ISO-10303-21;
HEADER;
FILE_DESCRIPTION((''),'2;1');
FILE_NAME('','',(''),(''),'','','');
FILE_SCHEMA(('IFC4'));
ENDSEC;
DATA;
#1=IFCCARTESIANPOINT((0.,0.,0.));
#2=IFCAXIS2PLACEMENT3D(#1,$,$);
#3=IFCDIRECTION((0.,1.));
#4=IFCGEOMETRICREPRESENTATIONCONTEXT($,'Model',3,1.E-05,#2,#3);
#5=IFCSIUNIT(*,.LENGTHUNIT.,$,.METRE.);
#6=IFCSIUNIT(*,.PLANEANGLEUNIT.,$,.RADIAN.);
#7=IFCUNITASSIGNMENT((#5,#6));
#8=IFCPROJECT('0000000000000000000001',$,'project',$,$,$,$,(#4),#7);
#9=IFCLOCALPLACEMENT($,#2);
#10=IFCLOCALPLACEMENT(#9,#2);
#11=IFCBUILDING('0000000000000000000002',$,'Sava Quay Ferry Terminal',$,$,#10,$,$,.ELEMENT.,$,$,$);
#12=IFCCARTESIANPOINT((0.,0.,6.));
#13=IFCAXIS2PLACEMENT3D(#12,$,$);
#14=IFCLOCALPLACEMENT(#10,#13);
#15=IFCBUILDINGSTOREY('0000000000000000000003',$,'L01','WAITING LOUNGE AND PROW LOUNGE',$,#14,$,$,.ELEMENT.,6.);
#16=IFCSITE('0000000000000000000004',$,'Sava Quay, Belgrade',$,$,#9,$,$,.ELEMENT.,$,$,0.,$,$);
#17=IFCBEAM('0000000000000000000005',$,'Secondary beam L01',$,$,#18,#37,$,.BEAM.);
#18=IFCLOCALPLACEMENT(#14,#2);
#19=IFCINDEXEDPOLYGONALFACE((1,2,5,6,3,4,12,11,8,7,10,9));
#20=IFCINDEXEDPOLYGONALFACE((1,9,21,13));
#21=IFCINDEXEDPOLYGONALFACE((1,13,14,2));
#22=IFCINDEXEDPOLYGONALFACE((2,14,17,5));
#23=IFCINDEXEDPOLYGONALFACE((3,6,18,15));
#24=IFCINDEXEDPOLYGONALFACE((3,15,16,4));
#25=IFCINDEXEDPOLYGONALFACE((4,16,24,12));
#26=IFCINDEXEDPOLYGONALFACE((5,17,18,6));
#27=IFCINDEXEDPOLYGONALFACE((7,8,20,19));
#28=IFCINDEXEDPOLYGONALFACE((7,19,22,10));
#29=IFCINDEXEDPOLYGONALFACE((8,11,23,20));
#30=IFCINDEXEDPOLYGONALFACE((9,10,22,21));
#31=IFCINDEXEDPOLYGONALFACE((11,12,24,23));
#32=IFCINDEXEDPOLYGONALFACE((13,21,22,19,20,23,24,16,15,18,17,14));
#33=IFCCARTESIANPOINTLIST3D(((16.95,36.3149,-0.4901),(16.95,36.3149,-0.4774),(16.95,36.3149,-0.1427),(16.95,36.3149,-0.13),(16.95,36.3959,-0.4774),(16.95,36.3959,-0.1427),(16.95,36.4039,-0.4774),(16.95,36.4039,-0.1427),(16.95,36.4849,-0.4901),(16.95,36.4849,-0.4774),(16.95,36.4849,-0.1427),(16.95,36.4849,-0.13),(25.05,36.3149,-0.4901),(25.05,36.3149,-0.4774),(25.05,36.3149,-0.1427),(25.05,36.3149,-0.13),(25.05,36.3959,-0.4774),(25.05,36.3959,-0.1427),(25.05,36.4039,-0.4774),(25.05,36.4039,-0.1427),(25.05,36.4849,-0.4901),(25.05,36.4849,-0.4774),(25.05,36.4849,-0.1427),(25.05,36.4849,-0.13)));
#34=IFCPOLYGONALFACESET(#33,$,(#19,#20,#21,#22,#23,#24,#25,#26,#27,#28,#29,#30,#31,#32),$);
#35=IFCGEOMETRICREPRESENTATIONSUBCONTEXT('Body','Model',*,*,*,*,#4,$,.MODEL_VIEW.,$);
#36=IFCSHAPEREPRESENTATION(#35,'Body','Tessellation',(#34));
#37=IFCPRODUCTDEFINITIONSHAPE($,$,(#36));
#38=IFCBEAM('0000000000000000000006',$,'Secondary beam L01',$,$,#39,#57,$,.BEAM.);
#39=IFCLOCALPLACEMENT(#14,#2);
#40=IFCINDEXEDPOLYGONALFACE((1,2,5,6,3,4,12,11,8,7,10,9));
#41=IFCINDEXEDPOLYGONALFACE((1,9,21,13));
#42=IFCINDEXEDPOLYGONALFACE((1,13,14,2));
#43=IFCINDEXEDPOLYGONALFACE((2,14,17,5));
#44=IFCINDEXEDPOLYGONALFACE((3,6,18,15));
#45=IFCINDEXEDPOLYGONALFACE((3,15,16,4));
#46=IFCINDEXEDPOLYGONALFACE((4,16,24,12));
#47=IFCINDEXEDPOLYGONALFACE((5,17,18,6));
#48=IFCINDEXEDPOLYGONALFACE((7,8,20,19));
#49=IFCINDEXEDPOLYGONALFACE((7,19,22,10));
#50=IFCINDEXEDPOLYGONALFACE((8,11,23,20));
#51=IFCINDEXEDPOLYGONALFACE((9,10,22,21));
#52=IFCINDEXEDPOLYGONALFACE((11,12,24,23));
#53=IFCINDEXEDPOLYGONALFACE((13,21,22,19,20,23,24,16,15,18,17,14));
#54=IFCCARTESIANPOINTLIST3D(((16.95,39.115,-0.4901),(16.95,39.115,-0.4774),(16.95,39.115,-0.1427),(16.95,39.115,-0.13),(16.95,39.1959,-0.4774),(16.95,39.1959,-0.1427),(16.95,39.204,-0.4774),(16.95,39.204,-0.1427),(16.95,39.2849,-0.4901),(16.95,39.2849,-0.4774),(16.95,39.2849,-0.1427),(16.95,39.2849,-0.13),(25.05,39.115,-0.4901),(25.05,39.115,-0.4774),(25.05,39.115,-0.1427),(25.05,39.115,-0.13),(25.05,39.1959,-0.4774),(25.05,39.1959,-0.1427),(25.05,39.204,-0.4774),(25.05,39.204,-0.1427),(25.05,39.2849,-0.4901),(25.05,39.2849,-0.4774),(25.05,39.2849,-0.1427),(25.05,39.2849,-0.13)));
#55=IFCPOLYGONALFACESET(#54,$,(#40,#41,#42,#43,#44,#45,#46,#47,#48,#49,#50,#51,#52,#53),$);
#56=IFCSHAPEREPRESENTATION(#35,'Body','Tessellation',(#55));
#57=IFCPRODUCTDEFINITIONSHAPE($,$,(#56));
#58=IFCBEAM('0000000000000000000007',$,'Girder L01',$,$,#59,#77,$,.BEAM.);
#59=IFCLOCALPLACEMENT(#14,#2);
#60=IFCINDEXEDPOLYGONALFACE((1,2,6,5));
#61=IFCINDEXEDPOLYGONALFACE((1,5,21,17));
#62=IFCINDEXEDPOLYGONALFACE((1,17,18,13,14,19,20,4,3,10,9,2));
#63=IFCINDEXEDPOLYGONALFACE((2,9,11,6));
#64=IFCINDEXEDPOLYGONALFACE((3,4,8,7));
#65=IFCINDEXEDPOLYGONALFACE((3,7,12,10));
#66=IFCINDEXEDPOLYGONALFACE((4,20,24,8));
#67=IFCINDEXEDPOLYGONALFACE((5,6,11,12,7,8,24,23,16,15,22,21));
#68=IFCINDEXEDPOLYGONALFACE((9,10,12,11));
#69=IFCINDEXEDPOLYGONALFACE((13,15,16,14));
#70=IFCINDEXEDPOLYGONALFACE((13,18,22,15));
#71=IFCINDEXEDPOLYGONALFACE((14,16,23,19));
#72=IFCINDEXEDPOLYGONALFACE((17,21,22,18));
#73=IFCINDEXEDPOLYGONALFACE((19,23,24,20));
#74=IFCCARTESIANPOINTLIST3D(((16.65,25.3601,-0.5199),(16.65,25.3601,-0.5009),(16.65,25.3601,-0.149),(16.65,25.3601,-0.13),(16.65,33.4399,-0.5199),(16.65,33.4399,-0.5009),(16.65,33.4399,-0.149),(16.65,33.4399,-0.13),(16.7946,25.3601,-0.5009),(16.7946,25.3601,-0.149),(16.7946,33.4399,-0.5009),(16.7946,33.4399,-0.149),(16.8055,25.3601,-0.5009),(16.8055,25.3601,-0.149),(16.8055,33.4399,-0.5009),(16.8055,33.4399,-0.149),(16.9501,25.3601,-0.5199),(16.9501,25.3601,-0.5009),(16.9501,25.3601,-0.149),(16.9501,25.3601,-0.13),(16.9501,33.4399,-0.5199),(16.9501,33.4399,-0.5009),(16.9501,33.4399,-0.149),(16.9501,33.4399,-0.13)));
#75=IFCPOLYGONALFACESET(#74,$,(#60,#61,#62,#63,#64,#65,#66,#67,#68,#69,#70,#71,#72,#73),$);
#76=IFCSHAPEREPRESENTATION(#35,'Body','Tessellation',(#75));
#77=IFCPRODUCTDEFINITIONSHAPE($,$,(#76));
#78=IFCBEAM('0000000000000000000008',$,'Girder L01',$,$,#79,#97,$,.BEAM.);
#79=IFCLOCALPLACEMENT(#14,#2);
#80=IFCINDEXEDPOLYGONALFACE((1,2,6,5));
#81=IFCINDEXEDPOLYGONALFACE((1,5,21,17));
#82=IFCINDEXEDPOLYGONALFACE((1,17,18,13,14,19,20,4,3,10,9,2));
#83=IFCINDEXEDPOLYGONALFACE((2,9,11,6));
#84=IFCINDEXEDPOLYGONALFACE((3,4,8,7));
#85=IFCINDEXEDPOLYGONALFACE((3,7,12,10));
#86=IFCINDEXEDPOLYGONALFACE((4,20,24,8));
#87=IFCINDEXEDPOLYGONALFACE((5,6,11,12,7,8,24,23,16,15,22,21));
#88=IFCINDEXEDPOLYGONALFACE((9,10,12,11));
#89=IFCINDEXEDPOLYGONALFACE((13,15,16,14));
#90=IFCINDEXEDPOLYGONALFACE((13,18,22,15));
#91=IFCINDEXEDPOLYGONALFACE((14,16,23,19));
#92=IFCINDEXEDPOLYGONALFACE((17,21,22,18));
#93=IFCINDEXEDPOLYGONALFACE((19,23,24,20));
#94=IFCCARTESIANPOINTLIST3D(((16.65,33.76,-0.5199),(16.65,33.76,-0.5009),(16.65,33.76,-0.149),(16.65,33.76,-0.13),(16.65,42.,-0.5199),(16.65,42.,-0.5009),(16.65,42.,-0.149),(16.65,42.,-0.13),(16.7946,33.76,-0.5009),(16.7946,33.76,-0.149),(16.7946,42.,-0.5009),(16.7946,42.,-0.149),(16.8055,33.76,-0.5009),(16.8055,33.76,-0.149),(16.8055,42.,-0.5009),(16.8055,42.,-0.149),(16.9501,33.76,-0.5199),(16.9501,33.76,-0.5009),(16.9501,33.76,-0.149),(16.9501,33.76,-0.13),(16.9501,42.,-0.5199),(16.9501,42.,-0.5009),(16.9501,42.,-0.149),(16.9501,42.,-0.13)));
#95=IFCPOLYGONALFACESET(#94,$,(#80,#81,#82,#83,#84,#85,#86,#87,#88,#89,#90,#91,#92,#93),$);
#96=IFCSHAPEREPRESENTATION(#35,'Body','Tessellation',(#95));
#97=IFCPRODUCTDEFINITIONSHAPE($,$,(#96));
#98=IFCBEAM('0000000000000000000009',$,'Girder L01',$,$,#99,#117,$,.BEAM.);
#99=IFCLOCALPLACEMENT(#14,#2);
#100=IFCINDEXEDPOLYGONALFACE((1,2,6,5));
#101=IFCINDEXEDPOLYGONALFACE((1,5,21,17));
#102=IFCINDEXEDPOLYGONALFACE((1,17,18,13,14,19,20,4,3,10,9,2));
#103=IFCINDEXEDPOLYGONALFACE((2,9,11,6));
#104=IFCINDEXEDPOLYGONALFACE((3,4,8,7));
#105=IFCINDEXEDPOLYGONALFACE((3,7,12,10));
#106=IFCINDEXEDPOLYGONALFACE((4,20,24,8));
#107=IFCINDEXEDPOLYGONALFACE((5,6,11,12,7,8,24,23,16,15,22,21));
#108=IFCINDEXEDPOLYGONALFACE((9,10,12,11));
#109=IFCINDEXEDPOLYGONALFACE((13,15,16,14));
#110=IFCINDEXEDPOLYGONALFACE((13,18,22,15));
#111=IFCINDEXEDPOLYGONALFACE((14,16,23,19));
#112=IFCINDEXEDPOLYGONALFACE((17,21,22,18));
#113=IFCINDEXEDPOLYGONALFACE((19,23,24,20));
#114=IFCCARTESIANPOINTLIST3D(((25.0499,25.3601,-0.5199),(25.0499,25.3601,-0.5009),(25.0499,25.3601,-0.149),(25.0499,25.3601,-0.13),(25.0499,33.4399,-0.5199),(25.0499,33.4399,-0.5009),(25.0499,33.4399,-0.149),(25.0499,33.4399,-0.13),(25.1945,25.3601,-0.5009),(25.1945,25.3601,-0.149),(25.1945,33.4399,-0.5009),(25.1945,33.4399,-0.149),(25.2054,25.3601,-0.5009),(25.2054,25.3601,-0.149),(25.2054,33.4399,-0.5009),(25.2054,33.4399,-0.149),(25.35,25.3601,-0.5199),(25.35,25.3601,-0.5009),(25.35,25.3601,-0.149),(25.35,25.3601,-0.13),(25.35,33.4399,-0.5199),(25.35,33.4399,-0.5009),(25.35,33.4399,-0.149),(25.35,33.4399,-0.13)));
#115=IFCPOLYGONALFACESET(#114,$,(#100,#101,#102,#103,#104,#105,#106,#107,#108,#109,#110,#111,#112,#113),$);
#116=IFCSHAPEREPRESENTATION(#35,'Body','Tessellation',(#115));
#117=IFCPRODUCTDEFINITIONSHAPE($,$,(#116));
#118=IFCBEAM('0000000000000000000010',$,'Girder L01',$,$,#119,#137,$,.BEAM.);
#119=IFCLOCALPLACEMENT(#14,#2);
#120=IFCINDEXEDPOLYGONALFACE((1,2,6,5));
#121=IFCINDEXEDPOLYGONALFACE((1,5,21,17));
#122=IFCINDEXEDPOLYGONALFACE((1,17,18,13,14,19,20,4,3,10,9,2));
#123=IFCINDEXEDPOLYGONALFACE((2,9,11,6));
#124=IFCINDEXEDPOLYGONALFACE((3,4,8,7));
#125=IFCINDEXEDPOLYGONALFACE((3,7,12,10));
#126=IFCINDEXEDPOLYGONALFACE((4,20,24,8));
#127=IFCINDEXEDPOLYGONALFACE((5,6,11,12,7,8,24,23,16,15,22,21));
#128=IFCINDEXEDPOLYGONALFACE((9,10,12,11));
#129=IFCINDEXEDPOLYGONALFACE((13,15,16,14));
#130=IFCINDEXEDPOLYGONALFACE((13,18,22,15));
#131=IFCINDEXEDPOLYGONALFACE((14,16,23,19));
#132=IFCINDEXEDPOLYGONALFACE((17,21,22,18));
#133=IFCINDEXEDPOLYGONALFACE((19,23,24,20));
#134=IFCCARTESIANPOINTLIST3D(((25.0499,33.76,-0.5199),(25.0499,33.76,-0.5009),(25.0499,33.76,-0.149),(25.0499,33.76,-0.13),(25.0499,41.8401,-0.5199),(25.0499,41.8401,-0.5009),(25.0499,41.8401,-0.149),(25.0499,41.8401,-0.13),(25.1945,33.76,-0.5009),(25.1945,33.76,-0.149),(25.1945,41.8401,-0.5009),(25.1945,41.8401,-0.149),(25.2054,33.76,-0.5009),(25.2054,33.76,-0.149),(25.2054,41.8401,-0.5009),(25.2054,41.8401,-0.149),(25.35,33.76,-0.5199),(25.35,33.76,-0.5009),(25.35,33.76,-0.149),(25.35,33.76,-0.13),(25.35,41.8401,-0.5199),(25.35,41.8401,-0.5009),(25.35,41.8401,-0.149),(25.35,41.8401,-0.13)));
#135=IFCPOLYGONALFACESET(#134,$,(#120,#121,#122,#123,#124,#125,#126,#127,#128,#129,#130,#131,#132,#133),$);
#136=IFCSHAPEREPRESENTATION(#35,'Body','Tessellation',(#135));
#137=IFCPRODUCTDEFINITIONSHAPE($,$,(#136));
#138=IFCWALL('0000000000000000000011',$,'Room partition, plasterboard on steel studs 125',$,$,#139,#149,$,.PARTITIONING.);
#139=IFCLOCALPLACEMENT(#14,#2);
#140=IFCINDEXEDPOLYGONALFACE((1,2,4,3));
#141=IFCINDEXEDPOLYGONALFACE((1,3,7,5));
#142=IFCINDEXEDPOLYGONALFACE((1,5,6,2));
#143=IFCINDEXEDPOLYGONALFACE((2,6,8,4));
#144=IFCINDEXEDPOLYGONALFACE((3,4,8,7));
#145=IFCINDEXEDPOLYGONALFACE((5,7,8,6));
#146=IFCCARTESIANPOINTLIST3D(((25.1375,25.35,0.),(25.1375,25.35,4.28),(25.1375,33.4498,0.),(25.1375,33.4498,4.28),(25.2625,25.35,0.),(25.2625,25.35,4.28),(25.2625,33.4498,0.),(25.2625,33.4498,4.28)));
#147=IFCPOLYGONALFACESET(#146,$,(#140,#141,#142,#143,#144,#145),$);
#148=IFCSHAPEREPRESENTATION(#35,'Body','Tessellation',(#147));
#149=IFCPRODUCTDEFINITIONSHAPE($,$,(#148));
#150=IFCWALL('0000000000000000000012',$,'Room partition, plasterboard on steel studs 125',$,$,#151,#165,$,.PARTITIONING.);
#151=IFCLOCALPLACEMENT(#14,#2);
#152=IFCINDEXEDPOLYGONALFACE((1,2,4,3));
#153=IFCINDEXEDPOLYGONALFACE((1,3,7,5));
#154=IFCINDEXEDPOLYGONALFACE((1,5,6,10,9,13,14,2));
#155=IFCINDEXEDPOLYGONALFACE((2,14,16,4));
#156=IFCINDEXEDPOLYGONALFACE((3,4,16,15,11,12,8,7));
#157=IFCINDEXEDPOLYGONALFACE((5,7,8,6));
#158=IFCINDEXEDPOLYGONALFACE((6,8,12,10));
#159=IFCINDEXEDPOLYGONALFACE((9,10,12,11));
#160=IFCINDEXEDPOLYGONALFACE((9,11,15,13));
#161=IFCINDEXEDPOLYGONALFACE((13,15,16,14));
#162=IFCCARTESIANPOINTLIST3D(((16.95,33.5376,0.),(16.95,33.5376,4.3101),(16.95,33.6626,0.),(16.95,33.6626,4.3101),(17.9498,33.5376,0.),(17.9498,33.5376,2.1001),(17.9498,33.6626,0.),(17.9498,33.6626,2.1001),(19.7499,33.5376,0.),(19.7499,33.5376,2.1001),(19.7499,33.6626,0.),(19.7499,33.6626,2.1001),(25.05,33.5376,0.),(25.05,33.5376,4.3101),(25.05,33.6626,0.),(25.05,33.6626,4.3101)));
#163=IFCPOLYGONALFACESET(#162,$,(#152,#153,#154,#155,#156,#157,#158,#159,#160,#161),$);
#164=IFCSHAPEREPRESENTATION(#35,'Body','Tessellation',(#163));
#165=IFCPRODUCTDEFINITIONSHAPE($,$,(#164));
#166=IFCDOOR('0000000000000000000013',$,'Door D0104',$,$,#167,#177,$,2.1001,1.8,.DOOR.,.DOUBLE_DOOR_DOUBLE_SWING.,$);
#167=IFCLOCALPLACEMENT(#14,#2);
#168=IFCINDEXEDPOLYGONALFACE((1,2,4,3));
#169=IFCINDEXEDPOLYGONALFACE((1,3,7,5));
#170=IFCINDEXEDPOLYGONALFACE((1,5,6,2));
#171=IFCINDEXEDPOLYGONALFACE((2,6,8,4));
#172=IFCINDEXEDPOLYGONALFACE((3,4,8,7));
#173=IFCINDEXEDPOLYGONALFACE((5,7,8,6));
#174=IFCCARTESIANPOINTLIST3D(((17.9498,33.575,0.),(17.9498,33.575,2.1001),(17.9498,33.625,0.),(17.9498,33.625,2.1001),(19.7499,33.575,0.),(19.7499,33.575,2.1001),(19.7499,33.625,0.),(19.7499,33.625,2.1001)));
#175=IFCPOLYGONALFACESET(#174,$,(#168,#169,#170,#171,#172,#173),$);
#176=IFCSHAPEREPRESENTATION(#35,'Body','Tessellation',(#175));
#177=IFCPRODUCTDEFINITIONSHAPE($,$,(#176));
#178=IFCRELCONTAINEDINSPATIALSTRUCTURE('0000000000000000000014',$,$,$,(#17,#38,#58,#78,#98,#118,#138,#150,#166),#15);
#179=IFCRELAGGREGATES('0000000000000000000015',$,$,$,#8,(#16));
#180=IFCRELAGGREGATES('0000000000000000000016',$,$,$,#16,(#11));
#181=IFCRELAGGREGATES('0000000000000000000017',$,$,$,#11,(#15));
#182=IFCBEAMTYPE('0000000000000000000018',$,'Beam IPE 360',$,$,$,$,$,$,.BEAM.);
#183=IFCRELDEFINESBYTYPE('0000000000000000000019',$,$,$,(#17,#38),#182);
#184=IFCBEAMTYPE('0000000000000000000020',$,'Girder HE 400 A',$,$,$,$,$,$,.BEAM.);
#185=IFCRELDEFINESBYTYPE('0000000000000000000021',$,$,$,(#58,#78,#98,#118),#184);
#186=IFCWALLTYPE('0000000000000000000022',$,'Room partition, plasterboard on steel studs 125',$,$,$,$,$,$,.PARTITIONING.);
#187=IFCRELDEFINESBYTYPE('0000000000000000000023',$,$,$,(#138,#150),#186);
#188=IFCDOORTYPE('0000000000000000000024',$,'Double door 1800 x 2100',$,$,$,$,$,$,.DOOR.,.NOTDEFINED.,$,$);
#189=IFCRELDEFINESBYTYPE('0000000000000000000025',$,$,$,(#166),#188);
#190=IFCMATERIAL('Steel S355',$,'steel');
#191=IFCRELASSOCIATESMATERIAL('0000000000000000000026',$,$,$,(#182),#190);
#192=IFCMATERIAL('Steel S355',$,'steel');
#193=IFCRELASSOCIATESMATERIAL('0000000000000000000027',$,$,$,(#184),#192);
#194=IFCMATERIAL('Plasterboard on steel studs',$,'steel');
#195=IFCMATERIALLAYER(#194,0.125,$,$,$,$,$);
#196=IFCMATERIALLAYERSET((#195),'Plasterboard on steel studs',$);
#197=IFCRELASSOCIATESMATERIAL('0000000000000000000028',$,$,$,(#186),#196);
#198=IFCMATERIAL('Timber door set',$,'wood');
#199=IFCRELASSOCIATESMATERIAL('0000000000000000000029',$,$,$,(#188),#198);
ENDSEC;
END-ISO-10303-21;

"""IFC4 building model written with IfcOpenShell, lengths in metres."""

from ifc_helpers import new_model, si_unit, direction, frame, frame_2d, origin, origin_2d, place, context, subcontext, project, spatial, rectangle, i_section, extrude, material, layer, layer_set, material_profile, profile_set, type_object, element, fill, save


model = new_model("IFC4")

# Units and contexts
model_context = context("Model", 3, precision=1e-05, world=origin(), true_north=direction((0.0, 1.0)))
body_context = subcontext(model_context, "Body", "Model", "MODEL_VIEW")
ifc_project = project(units=[si_unit("LENGTHUNIT", "METRE"), si_unit("PLANEANGLEUNIT", "RADIAN")], contexts=[model_context])

# Site, building, storey
site_placement = place(None, origin())
site = spatial("IfcSite", under=ifc_project, at=site_placement, Name="Sava Quay, Belgrade", CompositionType="ELEMENT", RefElevation=0.0)
building_placement = place(site_placement, origin())
building = spatial("IfcBuilding", under=site, at=building_placement, Name="Sava Quay Ferry Terminal", CompositionType="ELEMENT")
storey_placement = place(building_placement, frame((0.0, 0.0, 6.0)))
storey = spatial("IfcBuildingStorey", under=building, at=storey_placement, Name="L01", Description="WAITING LOUNGE AND PROW LOUNGE", CompositionType="ELEMENT", Elevation=6.0)

# Beams
ifc_material_1 = material(Name="Steel S355", Category="steel")
ifc_material_profile_1 = material_profile(ifc_material_1, i_section(OverallWidth=0.1699, OverallDepth=0.3601, WebThickness=0.0081, FlangeThickness=0.0127, at=origin_2d()), Name="IPE 360")
ifc_profile_set_1 = profile_set([ifc_material_profile_1], Name="Steel S355")
beam_type_1 = type_object("IfcBeamType", Name="Beam IPE 360", PredefinedType="BEAM", material=ifc_profile_set_1)
for number, where, z_axis, x_axis, name in (
    (1, (16.95, 36.3999, -0.3101), (1.0, 0.0, 0.0), (0.0, 1.0, 0.0), "Secondary beam L01"),
    (2, (16.95, 39.2, -0.3101), (1.0, 0.0, 0.0), (0.0, 1.0, 0.0), "Secondary beam L01"),
):
    element("IfcBeam", number, at=place(storey_placement, frame(where, z_axis=z_axis, x_axis=x_axis)), inside=storey, type_object=beam_type_1, Name=name, PredefinedType="BEAM", context=body_context, shape_type="SweptSolid", body=[
        extrude(i_section(OverallWidth=0.1699, OverallDepth=0.3601, WebThickness=0.0081, FlangeThickness=0.0127, at=origin_2d()), origin(), (0.0, 0.0, 1.0), 8.1001),
    ])
ifc_material_2 = material(Name="Steel S355", Category="steel")
ifc_material_profile_2 = material_profile(ifc_material_2, i_section(OverallWidth=0.3, OverallDepth=0.3899, WebThickness=0.011, FlangeThickness=0.019, at=origin_2d()), Name="HE 400 A")
ifc_profile_set_2 = profile_set([ifc_material_profile_2], Name="Steel S355")
beam_type_2 = type_object("IfcBeamType", Name="Girder HE 400 A", PredefinedType="BEAM", material=ifc_profile_set_2)
beam_1_placement = place(storey_placement, frame((16.8, 25.3601, -0.325), z_axis=(0.0, 1.0, 0.0), x_axis=(-1.0, 0.0, 0.0)))
element("IfcBeam", 3, at=beam_1_placement, inside=storey, type_object=beam_type_2, Name="Girder L01", PredefinedType="BEAM", context=body_context, shape_type="SweptSolid", body=[
    extrude(i_section(OverallWidth=0.3, OverallDepth=0.3899, WebThickness=0.011, FlangeThickness=0.019, at=origin_2d()), origin(), (0.0, 0.0, 1.0), 8.0798),
])
beam_2_placement = place(storey_placement, frame((16.8, 33.76, -0.325), z_axis=(0.0, 1.0, 0.0), x_axis=(-1.0, 0.0, 0.0)))
element("IfcBeam", 4, at=beam_2_placement, inside=storey, type_object=beam_type_2, Name="Girder L01", PredefinedType="BEAM", context=body_context, shape_type="SweptSolid", body=[
    extrude(i_section(OverallWidth=0.3, OverallDepth=0.3899, WebThickness=0.011, FlangeThickness=0.019, at=origin_2d()), origin(), (0.0, 0.0, 1.0), 8.24),
])
beam_3_placement = place(storey_placement, frame((25.2, 25.3601, -0.325), z_axis=(0.0, 1.0, 0.0), x_axis=(-1.0, 0.0, 0.0)))
element("IfcBeam", 5, at=beam_3_placement, inside=storey, type_object=beam_type_2, Name="Girder L01", PredefinedType="BEAM", context=body_context, shape_type="SweptSolid", body=[
    extrude(i_section(OverallWidth=0.3, OverallDepth=0.3899, WebThickness=0.011, FlangeThickness=0.019, at=origin_2d()), origin(), (0.0, 0.0, 1.0), 8.0798),
])
beam_4_placement = place(storey_placement, frame((25.2, 33.76, -0.325), z_axis=(0.0, 1.0, 0.0), x_axis=(-1.0, 0.0, 0.0)))
element("IfcBeam", 6, at=beam_4_placement, inside=storey, type_object=beam_type_2, Name="Girder L01", PredefinedType="BEAM", context=body_context, shape_type="SweptSolid", body=[
    extrude(i_section(OverallWidth=0.3, OverallDepth=0.3899, WebThickness=0.011, FlangeThickness=0.019, at=origin_2d()), origin(), (0.0, 0.0, 1.0), 8.0801),
])

# Wall
ifc_material_3 = material(Name="Plasterboard on steel studs", Category="steel")
ifc_layer_1 = layer(ifc_material_3, 0.125)
ifc_layer_set_1 = layer_set([ifc_layer_1], Name="Plasterboard on steel studs")
wall_type_1 = type_object("IfcWallType", Name="Room partition, plasterboard on steel studs 125", PredefinedType="PARTITIONING", material=ifc_layer_set_1)
wall_1_placement = place(storey_placement, frame((25.2, 25.3501, 0.0), z_axis=(0.0, 0.0, 1.0), x_axis=(0.0, 1.0, 0.0)))
element("IfcWall", 7, at=wall_1_placement, inside=storey, type_object=wall_type_1, Name="Room partition, plasterboard on steel studs 125", PredefinedType="PARTITIONING", context=body_context, shape_type="SweptSolid", body=[
    extrude(rectangle(XDim=8.0999, YDim=0.125, at=frame_2d((4.0498, 0.0))), origin(), (0.0, 0.0, 1.0), 4.28),
])

# Wall, opening, door
wall_2_placement = place(storey_placement, frame((16.95, 33.6001, 0.0), z_axis=(0.0, 0.0, 1.0), x_axis=(1.0, 0.0, 0.0)))
wall_2 = element("IfcWall", 8, at=wall_2_placement, inside=storey, type_object=wall_type_1, Name="Room partition, plasterboard on steel studs 125", PredefinedType="PARTITIONING", context=body_context, shape_type="SweptSolid", body=[
    extrude(rectangle(XDim=8.1001, YDim=0.125, at=frame_2d((4.05, 0.0))), origin(), (0.0, 0.0, 1.0), 4.3101),
])
opening_1_placement = place(wall_2_placement, frame((1.0, 0.0, 0.0)))
opening_1 = element("IfcOpeningElement", 9, at=opening_1_placement, cuts=wall_2, PredefinedType="OPENING", context=body_context, shape_type="SweptSolid", body=[
    extrude(rectangle(XDim=1.8, YDim=2.1001, at=frame_2d((0.8999, 1.05))), frame((0.0, 0.0625, 0.0), z_axis=(0.0, -1.0, 0.0), x_axis=(1.0, 0.0, 0.0)), (0.0, 0.0, 1.0), 0.125),
])
ifc_material_4 = material(Name="Timber door set", Category="wood")
door_type_1 = type_object("IfcDoorType", Name="Double door 1800 x 2100", OperationType="NOTDEFINED", PredefinedType="DOOR", material=ifc_material_4)
door_1_placement = place(opening_1_placement, origin())
door_1 = element("IfcDoor", 10, at=door_1_placement, inside=storey, type_object=door_type_1, Name="Door D0104", OperationType="DOUBLE_DOOR_DOUBLE_SWING", OverallHeight=2.1001, OverallWidth=1.8, PredefinedType="DOOR", context=body_context, shape_type="SweptSolid", body=[
    extrude(rectangle(XDim=1.8, YDim=2.1001, at=frame_2d((0.8999, 1.05))), frame((0.0, 0.0249, 0.0), z_axis=(0.0, -1.0, 0.0), x_axis=(1.0, 0.0, 0.0)), (0.0, 0.0, 1.0), 0.05),
])
fill(opening_1, door_1)

save(model, "model.ifc")
